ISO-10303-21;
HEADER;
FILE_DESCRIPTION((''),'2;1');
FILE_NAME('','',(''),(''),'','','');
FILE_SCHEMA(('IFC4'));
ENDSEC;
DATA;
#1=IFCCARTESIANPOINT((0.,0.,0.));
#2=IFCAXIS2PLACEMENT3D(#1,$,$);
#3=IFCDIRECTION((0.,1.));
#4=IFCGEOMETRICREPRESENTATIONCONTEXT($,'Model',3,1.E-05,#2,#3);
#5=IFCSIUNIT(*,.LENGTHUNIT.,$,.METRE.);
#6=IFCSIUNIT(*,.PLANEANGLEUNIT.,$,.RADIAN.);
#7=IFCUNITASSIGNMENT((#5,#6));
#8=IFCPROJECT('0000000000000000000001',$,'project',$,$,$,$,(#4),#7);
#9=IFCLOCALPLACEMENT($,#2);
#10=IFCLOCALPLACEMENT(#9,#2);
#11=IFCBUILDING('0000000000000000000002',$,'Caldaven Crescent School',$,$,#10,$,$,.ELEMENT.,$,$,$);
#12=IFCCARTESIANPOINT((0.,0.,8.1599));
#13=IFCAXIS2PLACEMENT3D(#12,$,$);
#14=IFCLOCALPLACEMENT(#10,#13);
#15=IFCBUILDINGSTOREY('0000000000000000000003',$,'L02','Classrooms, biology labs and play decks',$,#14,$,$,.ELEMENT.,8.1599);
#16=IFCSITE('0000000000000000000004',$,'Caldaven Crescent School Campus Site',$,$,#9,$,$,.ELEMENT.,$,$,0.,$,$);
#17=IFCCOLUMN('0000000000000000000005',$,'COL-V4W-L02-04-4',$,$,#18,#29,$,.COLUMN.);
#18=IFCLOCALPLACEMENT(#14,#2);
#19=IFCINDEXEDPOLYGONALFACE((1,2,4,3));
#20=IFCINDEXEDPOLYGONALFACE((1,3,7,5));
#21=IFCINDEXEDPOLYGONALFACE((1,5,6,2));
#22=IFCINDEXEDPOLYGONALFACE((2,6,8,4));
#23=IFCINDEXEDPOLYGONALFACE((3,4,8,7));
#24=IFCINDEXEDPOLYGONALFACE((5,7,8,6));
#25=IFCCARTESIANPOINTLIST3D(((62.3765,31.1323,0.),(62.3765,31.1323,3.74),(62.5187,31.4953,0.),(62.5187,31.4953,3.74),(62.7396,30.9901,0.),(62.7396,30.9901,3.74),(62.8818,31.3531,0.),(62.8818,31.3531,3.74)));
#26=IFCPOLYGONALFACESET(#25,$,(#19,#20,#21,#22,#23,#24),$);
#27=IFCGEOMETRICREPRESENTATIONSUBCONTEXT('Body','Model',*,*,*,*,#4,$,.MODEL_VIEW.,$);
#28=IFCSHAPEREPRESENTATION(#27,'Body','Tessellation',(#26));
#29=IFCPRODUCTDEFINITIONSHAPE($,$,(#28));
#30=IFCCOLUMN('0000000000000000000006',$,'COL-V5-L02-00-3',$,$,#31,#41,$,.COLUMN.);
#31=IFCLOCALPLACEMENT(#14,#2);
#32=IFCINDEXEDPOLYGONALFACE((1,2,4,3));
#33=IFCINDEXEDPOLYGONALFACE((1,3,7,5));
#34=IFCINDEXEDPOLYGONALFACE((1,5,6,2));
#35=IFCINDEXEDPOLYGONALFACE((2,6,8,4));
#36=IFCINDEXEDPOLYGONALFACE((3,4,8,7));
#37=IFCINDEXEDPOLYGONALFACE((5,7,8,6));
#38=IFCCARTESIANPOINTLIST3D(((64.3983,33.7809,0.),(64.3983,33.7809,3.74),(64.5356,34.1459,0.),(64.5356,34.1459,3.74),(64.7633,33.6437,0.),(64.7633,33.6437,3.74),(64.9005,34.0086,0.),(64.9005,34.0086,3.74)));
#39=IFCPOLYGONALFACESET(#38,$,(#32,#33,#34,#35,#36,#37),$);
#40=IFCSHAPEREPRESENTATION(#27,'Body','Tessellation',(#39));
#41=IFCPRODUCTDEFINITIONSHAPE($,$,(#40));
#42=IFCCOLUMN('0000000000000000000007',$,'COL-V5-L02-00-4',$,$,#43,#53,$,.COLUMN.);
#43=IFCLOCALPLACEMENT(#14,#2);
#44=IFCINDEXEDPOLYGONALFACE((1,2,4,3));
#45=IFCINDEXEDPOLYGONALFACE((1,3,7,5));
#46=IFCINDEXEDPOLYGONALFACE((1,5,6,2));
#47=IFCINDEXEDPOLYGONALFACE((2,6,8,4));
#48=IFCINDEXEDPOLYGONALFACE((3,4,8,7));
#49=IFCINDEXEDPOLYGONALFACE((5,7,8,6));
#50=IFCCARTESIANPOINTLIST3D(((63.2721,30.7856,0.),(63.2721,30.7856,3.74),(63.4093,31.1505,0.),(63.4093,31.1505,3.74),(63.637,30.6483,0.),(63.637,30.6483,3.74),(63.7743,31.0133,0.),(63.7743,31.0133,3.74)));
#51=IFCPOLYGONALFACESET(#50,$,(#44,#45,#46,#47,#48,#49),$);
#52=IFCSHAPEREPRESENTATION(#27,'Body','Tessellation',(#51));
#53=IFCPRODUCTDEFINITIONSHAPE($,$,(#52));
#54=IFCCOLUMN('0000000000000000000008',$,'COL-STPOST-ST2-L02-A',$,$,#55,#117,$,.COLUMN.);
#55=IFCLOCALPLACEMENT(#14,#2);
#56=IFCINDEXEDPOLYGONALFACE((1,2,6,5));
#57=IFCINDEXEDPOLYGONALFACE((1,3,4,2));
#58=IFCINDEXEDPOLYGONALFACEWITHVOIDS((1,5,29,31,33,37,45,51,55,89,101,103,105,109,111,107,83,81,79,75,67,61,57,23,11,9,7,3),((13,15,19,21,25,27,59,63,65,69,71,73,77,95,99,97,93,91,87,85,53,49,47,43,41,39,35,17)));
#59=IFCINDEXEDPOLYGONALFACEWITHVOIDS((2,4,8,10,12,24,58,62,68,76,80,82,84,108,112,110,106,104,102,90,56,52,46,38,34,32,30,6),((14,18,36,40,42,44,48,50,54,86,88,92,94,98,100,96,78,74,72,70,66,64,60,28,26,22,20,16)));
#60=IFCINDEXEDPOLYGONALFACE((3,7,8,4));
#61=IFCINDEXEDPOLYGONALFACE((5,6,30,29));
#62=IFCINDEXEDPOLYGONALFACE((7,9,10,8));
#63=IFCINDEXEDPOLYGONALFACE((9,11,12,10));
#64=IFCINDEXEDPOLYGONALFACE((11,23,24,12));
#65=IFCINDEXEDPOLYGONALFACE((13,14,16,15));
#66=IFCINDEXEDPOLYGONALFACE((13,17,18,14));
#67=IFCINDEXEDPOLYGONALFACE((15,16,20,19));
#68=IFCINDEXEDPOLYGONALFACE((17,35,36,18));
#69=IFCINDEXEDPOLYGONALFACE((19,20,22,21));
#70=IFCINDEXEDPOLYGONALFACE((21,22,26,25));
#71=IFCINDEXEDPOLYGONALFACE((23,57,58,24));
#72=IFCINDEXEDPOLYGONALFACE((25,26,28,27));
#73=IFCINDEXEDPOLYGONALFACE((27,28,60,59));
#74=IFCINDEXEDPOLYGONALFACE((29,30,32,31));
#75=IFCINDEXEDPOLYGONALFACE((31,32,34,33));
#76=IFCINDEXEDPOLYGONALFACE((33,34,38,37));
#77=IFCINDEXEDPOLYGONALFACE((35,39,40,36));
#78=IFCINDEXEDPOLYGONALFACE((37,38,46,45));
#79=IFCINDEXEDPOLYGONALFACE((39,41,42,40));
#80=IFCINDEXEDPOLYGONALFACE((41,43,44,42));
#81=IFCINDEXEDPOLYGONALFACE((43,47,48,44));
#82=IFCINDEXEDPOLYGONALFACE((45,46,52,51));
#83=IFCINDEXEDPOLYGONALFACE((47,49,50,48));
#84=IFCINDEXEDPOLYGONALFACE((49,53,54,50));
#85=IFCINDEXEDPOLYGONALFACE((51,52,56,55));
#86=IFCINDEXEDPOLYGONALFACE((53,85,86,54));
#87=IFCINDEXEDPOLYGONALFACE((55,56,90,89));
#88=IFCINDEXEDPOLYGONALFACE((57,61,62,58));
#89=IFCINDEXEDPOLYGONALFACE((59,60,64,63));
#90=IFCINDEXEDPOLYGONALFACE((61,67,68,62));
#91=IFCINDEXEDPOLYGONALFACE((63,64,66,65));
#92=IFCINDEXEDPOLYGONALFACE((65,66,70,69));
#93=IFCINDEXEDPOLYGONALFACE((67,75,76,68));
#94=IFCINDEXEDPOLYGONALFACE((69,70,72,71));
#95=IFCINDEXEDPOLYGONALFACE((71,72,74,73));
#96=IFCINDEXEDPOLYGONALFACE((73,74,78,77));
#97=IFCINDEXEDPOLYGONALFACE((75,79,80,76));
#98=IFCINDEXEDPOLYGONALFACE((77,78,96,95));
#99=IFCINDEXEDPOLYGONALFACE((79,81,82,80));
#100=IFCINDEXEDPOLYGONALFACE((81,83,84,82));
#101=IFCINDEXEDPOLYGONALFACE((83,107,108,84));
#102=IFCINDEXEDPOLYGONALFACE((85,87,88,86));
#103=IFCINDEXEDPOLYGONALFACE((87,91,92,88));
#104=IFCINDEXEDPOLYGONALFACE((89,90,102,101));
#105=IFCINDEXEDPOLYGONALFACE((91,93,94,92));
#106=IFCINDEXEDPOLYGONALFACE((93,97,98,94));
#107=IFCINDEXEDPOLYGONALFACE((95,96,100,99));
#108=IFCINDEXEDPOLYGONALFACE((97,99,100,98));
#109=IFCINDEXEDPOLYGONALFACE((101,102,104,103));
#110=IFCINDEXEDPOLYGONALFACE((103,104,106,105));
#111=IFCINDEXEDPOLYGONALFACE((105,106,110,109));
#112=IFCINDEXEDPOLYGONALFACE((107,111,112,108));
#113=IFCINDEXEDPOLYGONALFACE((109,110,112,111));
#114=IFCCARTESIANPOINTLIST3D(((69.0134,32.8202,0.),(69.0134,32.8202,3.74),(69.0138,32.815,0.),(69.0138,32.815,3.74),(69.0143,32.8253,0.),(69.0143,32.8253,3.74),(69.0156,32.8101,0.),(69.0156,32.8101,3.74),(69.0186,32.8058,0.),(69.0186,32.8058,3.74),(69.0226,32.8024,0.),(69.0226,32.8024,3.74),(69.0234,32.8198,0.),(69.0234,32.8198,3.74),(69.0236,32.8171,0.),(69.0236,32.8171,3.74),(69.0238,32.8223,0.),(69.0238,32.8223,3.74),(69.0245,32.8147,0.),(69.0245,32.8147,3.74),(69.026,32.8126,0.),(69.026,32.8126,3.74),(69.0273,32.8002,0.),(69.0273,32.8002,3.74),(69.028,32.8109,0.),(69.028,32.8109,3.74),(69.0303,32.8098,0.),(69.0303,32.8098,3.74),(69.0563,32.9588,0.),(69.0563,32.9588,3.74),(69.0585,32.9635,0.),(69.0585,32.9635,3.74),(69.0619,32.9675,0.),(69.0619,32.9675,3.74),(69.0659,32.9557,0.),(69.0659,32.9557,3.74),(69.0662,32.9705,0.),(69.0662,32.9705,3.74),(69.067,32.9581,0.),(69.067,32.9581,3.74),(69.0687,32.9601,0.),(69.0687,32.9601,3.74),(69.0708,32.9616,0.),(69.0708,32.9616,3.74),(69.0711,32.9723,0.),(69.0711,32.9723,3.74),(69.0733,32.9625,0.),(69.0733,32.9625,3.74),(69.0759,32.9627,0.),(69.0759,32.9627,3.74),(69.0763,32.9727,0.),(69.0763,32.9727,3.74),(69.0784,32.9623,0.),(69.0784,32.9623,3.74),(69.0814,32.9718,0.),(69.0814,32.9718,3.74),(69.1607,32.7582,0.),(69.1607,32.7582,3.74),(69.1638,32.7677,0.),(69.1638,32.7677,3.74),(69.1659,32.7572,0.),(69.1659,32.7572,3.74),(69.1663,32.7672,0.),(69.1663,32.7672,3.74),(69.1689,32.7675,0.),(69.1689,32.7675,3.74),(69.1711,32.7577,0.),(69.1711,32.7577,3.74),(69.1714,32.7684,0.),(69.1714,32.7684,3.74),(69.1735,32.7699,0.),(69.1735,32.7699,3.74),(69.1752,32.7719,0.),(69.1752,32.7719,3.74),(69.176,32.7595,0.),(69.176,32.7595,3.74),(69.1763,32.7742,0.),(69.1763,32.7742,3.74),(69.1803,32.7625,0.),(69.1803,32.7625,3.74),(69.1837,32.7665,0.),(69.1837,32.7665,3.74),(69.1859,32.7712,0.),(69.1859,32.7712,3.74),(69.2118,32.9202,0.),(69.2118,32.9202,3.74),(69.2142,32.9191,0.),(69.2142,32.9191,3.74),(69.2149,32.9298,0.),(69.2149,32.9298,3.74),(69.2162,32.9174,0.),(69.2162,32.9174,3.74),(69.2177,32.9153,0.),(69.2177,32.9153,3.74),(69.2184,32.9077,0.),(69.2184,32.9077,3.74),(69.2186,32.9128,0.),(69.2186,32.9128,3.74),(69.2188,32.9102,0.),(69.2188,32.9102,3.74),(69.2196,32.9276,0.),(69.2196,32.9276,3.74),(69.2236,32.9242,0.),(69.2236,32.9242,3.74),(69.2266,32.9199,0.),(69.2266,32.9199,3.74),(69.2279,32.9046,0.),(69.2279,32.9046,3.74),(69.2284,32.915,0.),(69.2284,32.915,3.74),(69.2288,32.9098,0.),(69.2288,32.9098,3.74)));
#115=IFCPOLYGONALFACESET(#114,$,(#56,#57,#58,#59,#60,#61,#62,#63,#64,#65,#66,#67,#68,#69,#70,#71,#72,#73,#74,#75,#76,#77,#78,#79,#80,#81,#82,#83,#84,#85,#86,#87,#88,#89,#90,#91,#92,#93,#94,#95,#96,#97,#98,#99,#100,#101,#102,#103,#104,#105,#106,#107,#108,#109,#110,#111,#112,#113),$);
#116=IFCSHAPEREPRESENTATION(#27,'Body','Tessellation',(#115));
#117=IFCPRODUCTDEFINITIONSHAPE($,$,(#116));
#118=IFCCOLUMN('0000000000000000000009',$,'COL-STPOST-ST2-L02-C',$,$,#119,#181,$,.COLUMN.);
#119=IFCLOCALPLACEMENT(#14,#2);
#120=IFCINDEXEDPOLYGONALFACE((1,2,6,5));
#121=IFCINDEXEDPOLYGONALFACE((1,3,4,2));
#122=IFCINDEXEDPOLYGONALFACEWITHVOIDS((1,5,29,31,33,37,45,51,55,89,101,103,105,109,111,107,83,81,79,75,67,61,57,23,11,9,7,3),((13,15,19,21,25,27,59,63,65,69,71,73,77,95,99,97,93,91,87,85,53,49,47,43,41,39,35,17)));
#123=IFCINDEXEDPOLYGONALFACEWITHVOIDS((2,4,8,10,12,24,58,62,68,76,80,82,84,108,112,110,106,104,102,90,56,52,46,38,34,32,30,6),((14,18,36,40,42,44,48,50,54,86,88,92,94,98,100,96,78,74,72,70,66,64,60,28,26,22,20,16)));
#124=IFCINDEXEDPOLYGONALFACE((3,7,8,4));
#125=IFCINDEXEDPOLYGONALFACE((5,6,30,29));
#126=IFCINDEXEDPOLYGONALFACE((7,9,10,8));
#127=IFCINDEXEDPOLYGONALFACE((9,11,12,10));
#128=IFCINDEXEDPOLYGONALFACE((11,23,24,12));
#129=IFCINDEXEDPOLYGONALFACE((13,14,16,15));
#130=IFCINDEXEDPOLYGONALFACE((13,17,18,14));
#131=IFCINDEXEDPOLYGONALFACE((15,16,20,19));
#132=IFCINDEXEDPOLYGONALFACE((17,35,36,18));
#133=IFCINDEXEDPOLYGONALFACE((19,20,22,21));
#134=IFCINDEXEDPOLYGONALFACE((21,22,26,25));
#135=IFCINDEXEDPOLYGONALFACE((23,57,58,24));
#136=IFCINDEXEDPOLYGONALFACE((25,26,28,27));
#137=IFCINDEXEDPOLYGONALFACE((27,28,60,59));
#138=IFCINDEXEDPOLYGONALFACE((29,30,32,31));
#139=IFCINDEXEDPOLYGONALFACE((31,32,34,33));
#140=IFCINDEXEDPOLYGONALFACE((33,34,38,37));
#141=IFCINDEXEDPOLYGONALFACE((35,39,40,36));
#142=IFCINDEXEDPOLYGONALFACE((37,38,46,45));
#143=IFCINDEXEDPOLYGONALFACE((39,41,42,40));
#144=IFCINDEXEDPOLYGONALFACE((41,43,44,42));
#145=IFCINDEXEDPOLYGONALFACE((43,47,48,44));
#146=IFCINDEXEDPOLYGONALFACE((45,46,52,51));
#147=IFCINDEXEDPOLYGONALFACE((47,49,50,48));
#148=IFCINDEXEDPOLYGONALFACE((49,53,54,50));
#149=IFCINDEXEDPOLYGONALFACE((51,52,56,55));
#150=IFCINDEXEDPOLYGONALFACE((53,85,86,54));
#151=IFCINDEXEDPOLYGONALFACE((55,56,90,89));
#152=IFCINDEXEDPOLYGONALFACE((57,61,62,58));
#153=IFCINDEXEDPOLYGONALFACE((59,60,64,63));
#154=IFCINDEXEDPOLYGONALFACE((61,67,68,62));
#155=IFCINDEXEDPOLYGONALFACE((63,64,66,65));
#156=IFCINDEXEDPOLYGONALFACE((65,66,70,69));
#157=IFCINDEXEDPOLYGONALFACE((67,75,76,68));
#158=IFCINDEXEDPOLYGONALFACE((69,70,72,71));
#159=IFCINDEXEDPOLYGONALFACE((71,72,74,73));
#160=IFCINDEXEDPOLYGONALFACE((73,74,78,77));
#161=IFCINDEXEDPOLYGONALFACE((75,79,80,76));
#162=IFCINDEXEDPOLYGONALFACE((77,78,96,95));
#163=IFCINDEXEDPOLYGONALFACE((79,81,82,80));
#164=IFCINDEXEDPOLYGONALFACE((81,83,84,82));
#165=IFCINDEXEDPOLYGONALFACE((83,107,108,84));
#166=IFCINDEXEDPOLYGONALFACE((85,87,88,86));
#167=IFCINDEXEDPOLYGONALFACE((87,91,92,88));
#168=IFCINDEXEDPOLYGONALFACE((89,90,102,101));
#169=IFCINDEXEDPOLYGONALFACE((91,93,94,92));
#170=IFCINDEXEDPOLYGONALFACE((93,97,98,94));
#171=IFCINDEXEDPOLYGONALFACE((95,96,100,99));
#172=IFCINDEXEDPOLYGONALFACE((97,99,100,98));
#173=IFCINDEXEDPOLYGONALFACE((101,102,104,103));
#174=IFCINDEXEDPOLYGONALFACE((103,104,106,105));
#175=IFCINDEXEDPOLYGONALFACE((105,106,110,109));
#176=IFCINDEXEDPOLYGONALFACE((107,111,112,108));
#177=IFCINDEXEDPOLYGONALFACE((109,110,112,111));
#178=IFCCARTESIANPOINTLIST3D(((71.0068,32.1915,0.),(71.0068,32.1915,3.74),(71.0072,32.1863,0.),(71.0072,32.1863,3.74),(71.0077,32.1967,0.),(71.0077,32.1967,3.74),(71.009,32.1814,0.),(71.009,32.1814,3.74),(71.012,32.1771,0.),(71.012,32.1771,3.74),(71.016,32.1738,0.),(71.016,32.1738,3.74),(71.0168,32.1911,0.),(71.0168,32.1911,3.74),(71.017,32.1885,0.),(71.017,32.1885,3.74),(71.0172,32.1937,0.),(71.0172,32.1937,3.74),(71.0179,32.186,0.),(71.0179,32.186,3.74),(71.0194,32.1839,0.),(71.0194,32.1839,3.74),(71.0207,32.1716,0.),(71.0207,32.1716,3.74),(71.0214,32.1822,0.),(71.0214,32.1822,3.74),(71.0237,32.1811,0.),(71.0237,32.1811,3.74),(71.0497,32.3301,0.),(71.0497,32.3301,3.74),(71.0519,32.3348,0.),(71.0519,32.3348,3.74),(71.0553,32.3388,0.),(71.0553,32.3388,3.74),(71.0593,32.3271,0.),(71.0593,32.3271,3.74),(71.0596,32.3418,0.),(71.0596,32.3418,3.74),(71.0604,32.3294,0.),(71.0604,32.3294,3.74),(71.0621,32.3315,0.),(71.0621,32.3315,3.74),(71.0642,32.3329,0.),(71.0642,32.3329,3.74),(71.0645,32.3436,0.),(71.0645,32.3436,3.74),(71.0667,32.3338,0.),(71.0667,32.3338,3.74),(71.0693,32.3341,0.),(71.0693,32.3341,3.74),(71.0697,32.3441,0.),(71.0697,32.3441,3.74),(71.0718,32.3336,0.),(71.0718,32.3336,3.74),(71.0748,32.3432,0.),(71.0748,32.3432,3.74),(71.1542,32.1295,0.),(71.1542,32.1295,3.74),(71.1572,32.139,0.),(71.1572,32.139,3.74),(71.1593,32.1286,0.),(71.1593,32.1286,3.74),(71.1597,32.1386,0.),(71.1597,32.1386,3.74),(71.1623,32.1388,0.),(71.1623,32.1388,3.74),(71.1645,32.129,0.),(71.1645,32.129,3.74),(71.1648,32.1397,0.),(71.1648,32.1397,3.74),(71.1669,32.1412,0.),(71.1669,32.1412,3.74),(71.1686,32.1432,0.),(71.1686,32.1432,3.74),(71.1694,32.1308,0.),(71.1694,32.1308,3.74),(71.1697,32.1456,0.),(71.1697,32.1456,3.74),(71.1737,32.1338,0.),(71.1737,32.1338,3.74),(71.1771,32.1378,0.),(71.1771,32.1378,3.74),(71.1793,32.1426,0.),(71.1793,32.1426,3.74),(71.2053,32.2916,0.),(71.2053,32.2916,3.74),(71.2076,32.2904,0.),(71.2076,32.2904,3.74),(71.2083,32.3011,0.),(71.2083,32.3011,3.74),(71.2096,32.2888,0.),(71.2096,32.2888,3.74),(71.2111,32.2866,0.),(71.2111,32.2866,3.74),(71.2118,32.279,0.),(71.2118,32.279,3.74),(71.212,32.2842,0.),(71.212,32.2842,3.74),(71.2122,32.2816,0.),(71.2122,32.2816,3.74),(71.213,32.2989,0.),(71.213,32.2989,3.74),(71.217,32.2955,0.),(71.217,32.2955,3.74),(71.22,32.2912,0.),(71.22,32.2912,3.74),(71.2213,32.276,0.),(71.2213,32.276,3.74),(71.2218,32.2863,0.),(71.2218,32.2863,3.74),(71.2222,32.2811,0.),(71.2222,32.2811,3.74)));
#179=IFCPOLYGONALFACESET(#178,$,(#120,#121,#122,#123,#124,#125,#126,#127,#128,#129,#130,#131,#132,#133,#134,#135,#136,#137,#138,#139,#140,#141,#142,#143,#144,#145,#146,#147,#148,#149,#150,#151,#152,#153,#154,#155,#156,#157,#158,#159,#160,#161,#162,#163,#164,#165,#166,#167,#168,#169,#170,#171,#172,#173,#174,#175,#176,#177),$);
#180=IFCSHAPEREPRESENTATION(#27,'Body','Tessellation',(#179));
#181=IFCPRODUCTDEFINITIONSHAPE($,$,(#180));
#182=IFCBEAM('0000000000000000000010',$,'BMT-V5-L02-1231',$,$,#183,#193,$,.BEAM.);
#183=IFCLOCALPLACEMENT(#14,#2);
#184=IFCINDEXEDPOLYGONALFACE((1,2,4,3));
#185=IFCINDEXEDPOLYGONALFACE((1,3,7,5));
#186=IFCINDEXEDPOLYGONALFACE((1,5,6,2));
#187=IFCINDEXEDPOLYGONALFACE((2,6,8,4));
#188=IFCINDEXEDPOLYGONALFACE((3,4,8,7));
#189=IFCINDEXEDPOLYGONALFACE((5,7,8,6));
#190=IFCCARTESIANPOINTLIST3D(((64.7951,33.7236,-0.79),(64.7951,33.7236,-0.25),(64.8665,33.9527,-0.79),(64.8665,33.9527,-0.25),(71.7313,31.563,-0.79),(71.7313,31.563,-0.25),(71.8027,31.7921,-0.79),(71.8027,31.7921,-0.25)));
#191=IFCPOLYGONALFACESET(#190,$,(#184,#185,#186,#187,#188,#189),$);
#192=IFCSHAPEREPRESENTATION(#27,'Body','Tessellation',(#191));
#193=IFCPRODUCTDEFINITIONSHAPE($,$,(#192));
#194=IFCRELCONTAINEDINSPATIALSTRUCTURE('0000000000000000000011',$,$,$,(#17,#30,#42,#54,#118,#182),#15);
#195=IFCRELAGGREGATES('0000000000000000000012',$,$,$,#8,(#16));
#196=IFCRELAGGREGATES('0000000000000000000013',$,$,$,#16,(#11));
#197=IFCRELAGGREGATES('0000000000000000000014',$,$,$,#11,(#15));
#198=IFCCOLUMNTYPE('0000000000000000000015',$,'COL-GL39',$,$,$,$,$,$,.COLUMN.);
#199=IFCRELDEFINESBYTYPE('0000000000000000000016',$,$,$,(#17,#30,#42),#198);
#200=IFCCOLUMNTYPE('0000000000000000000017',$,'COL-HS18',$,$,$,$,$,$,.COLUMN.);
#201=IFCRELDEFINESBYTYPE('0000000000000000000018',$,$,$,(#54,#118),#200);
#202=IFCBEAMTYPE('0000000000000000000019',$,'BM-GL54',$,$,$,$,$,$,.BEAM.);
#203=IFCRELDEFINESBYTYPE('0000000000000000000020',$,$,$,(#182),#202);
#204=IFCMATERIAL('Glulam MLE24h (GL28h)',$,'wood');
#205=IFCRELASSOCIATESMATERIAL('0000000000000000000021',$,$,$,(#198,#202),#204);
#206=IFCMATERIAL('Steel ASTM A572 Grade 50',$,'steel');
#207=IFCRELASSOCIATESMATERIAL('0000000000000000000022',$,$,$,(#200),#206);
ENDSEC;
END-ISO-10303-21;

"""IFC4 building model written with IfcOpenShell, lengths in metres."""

from ifc_helpers import new_model, si_unit, direction, frame, origin, origin_2d, place, context, subcontext, project, spatial, rectangle, hollow_rectangle, extrude, material, material_profile, profile_set, type_object, element, save


model = new_model("IFC4")

# Units and contexts
model_context = context("Model", 3, precision=1e-05, world=origin(), true_north=direction((0.0, 1.0)))
body_context = subcontext(model_context, "Body", "Model", "MODEL_VIEW")
ifc_project = project(units=[si_unit("LENGTHUNIT", "METRE"), si_unit("PLANEANGLEUNIT", "RADIAN")], contexts=[model_context])

# Site, building, storey
site_placement = place(None, origin())
site = spatial("IfcSite", under=ifc_project, at=site_placement, Name="Caldaven Crescent School Campus Site", CompositionType="ELEMENT", RefElevation=0.0)
building_placement = place(site_placement, origin())
building = spatial("IfcBuilding", under=site, at=building_placement, Name="Caldaven Crescent School", CompositionType="ELEMENT")
storey_placement = place(building_placement, frame((0.0, 0.0, 8.1599)))
storey = spatial("IfcBuildingStorey", under=building, at=storey_placement, Name="L02", Description="Classrooms, biology labs and play decks", CompositionType="ELEMENT", Elevation=8.1599)

# Columns
ifc_material_1 = material(Name="Glulam MLE24h (GL28h)", Category="wood")
ifc_material_profile_1 = material_profile(ifc_material_1, rectangle(XDim=0.3899, YDim=0.3899, at=origin_2d()), Name="MLE 390x390")
ifc_profile_set_1 = profile_set([ifc_material_profile_1], Name="Glulam MLE24h (GL28h)")
column_type_1 = type_object("IfcColumnType", Name="COL-GL39", PredefinedType="COLUMN", material=ifc_profile_set_1)
for number, where, z_axis, x_axis, name in (
    (1, (62.6292, 31.2427, 0.0), (0.0, 0.0, 1.0), (-0.364714, -0.931119, 0.0), "COL-V4W-L02-04-4"),
    (2, (64.6494, 33.8948, 0.0), (0.0, 0.0, 1.0), (-0.352005, -0.935998, 0.0), "COL-V5-L02-00-3"),
    (3, (63.5232, 30.8994, 0.0), (0.0, 0.0, 1.0), (-0.352005, -0.935998, 0.0), "COL-V5-L02-00-4"),
):
    element("IfcColumn", number, at=place(storey_placement, frame(where, z_axis=z_axis, x_axis=x_axis)), inside=storey, type_object=column_type_1, Name=name, PredefinedType="COLUMN", context=body_context, shape_type="SweptSolid", body=[
        extrude(rectangle(XDim=0.3899, YDim=0.3899, at=origin_2d()), origin(), (0.0, 0.0, 1.0), 3.74),
    ])
ifc_material_2 = material(Name="Steel ASTM A572 Grade 50", Category="steel")
ifc_material_profile_2 = material_profile(ifc_material_2, hollow_rectangle(XDim=0.1799, YDim=0.1799, WallThickness=0.01, InnerFilletRadius=0.01, OuterFilletRadius=0.02, at=origin_2d()), Name="HSS 180x180x10")
ifc_profile_set_2 = profile_set([ifc_material_profile_2], Name="Steel ASTM A572 Grade 50")
column_type_2 = type_object("IfcColumnType", Name="COL-HS18", PredefinedType="COLUMN", material=ifc_profile_set_2)
for number, where, z_axis, x_axis, name in (
    (4, (69.1211, 32.865, 0.0), (0.0, 0.0, 1.0), (0.953717, -0.300706, 0.0), "COL-STPOST-ST2-L02-A"),
    (5, (71.1145, 32.2363, 0.0), (0.0, 0.0, 1.0), (0.953717, -0.300706, 0.0), "COL-STPOST-ST2-L02-C"),
):
    element("IfcColumn", number, at=place(storey_placement, frame(where, z_axis=z_axis, x_axis=x_axis)), inside=storey, type_object=column_type_2, Name=name, PredefinedType="COLUMN", context=body_context, shape_type="SweptSolid", body=[
        extrude(hollow_rectangle(XDim=0.1799, YDim=0.1799, WallThickness=0.01, InnerFilletRadius=0.01, OuterFilletRadius=0.02, at=origin_2d()), origin(), (0.0, 0.0, 1.0), 3.74),
    ])

# Beam
ifc_material_profile_3 = material_profile(ifc_material_1, rectangle(XDim=0.24, YDim=0.54, at=origin_2d()), Name="MLE 240x540")
ifc_profile_set_3 = profile_set([ifc_material_profile_3], Name="Glulam MLE24h (GL28h)")
beam_type_1 = type_object("IfcBeamType", Name="BM-GL54", PredefinedType="BEAM", material=ifc_profile_set_3)
beam_1_placement = place(storey_placement, frame((64.8308, 33.8381, -0.52), z_axis=(0.954752, -0.297404, 0.0), x_axis=(0.297404, 0.954752, 0.0)))
element("IfcBeam", 6, at=beam_1_placement, inside=storey, type_object=beam_type_1, Name="BMT-V5-L02-1231", PredefinedType="BEAM", context=body_context, shape_type="SweptSolid", body=[
    extrude(rectangle(XDim=0.24, YDim=0.54, at=origin_2d()), origin(), (0.0, 0.0, 1.0), 7.2649),
])

save(model, "model.ifc")
